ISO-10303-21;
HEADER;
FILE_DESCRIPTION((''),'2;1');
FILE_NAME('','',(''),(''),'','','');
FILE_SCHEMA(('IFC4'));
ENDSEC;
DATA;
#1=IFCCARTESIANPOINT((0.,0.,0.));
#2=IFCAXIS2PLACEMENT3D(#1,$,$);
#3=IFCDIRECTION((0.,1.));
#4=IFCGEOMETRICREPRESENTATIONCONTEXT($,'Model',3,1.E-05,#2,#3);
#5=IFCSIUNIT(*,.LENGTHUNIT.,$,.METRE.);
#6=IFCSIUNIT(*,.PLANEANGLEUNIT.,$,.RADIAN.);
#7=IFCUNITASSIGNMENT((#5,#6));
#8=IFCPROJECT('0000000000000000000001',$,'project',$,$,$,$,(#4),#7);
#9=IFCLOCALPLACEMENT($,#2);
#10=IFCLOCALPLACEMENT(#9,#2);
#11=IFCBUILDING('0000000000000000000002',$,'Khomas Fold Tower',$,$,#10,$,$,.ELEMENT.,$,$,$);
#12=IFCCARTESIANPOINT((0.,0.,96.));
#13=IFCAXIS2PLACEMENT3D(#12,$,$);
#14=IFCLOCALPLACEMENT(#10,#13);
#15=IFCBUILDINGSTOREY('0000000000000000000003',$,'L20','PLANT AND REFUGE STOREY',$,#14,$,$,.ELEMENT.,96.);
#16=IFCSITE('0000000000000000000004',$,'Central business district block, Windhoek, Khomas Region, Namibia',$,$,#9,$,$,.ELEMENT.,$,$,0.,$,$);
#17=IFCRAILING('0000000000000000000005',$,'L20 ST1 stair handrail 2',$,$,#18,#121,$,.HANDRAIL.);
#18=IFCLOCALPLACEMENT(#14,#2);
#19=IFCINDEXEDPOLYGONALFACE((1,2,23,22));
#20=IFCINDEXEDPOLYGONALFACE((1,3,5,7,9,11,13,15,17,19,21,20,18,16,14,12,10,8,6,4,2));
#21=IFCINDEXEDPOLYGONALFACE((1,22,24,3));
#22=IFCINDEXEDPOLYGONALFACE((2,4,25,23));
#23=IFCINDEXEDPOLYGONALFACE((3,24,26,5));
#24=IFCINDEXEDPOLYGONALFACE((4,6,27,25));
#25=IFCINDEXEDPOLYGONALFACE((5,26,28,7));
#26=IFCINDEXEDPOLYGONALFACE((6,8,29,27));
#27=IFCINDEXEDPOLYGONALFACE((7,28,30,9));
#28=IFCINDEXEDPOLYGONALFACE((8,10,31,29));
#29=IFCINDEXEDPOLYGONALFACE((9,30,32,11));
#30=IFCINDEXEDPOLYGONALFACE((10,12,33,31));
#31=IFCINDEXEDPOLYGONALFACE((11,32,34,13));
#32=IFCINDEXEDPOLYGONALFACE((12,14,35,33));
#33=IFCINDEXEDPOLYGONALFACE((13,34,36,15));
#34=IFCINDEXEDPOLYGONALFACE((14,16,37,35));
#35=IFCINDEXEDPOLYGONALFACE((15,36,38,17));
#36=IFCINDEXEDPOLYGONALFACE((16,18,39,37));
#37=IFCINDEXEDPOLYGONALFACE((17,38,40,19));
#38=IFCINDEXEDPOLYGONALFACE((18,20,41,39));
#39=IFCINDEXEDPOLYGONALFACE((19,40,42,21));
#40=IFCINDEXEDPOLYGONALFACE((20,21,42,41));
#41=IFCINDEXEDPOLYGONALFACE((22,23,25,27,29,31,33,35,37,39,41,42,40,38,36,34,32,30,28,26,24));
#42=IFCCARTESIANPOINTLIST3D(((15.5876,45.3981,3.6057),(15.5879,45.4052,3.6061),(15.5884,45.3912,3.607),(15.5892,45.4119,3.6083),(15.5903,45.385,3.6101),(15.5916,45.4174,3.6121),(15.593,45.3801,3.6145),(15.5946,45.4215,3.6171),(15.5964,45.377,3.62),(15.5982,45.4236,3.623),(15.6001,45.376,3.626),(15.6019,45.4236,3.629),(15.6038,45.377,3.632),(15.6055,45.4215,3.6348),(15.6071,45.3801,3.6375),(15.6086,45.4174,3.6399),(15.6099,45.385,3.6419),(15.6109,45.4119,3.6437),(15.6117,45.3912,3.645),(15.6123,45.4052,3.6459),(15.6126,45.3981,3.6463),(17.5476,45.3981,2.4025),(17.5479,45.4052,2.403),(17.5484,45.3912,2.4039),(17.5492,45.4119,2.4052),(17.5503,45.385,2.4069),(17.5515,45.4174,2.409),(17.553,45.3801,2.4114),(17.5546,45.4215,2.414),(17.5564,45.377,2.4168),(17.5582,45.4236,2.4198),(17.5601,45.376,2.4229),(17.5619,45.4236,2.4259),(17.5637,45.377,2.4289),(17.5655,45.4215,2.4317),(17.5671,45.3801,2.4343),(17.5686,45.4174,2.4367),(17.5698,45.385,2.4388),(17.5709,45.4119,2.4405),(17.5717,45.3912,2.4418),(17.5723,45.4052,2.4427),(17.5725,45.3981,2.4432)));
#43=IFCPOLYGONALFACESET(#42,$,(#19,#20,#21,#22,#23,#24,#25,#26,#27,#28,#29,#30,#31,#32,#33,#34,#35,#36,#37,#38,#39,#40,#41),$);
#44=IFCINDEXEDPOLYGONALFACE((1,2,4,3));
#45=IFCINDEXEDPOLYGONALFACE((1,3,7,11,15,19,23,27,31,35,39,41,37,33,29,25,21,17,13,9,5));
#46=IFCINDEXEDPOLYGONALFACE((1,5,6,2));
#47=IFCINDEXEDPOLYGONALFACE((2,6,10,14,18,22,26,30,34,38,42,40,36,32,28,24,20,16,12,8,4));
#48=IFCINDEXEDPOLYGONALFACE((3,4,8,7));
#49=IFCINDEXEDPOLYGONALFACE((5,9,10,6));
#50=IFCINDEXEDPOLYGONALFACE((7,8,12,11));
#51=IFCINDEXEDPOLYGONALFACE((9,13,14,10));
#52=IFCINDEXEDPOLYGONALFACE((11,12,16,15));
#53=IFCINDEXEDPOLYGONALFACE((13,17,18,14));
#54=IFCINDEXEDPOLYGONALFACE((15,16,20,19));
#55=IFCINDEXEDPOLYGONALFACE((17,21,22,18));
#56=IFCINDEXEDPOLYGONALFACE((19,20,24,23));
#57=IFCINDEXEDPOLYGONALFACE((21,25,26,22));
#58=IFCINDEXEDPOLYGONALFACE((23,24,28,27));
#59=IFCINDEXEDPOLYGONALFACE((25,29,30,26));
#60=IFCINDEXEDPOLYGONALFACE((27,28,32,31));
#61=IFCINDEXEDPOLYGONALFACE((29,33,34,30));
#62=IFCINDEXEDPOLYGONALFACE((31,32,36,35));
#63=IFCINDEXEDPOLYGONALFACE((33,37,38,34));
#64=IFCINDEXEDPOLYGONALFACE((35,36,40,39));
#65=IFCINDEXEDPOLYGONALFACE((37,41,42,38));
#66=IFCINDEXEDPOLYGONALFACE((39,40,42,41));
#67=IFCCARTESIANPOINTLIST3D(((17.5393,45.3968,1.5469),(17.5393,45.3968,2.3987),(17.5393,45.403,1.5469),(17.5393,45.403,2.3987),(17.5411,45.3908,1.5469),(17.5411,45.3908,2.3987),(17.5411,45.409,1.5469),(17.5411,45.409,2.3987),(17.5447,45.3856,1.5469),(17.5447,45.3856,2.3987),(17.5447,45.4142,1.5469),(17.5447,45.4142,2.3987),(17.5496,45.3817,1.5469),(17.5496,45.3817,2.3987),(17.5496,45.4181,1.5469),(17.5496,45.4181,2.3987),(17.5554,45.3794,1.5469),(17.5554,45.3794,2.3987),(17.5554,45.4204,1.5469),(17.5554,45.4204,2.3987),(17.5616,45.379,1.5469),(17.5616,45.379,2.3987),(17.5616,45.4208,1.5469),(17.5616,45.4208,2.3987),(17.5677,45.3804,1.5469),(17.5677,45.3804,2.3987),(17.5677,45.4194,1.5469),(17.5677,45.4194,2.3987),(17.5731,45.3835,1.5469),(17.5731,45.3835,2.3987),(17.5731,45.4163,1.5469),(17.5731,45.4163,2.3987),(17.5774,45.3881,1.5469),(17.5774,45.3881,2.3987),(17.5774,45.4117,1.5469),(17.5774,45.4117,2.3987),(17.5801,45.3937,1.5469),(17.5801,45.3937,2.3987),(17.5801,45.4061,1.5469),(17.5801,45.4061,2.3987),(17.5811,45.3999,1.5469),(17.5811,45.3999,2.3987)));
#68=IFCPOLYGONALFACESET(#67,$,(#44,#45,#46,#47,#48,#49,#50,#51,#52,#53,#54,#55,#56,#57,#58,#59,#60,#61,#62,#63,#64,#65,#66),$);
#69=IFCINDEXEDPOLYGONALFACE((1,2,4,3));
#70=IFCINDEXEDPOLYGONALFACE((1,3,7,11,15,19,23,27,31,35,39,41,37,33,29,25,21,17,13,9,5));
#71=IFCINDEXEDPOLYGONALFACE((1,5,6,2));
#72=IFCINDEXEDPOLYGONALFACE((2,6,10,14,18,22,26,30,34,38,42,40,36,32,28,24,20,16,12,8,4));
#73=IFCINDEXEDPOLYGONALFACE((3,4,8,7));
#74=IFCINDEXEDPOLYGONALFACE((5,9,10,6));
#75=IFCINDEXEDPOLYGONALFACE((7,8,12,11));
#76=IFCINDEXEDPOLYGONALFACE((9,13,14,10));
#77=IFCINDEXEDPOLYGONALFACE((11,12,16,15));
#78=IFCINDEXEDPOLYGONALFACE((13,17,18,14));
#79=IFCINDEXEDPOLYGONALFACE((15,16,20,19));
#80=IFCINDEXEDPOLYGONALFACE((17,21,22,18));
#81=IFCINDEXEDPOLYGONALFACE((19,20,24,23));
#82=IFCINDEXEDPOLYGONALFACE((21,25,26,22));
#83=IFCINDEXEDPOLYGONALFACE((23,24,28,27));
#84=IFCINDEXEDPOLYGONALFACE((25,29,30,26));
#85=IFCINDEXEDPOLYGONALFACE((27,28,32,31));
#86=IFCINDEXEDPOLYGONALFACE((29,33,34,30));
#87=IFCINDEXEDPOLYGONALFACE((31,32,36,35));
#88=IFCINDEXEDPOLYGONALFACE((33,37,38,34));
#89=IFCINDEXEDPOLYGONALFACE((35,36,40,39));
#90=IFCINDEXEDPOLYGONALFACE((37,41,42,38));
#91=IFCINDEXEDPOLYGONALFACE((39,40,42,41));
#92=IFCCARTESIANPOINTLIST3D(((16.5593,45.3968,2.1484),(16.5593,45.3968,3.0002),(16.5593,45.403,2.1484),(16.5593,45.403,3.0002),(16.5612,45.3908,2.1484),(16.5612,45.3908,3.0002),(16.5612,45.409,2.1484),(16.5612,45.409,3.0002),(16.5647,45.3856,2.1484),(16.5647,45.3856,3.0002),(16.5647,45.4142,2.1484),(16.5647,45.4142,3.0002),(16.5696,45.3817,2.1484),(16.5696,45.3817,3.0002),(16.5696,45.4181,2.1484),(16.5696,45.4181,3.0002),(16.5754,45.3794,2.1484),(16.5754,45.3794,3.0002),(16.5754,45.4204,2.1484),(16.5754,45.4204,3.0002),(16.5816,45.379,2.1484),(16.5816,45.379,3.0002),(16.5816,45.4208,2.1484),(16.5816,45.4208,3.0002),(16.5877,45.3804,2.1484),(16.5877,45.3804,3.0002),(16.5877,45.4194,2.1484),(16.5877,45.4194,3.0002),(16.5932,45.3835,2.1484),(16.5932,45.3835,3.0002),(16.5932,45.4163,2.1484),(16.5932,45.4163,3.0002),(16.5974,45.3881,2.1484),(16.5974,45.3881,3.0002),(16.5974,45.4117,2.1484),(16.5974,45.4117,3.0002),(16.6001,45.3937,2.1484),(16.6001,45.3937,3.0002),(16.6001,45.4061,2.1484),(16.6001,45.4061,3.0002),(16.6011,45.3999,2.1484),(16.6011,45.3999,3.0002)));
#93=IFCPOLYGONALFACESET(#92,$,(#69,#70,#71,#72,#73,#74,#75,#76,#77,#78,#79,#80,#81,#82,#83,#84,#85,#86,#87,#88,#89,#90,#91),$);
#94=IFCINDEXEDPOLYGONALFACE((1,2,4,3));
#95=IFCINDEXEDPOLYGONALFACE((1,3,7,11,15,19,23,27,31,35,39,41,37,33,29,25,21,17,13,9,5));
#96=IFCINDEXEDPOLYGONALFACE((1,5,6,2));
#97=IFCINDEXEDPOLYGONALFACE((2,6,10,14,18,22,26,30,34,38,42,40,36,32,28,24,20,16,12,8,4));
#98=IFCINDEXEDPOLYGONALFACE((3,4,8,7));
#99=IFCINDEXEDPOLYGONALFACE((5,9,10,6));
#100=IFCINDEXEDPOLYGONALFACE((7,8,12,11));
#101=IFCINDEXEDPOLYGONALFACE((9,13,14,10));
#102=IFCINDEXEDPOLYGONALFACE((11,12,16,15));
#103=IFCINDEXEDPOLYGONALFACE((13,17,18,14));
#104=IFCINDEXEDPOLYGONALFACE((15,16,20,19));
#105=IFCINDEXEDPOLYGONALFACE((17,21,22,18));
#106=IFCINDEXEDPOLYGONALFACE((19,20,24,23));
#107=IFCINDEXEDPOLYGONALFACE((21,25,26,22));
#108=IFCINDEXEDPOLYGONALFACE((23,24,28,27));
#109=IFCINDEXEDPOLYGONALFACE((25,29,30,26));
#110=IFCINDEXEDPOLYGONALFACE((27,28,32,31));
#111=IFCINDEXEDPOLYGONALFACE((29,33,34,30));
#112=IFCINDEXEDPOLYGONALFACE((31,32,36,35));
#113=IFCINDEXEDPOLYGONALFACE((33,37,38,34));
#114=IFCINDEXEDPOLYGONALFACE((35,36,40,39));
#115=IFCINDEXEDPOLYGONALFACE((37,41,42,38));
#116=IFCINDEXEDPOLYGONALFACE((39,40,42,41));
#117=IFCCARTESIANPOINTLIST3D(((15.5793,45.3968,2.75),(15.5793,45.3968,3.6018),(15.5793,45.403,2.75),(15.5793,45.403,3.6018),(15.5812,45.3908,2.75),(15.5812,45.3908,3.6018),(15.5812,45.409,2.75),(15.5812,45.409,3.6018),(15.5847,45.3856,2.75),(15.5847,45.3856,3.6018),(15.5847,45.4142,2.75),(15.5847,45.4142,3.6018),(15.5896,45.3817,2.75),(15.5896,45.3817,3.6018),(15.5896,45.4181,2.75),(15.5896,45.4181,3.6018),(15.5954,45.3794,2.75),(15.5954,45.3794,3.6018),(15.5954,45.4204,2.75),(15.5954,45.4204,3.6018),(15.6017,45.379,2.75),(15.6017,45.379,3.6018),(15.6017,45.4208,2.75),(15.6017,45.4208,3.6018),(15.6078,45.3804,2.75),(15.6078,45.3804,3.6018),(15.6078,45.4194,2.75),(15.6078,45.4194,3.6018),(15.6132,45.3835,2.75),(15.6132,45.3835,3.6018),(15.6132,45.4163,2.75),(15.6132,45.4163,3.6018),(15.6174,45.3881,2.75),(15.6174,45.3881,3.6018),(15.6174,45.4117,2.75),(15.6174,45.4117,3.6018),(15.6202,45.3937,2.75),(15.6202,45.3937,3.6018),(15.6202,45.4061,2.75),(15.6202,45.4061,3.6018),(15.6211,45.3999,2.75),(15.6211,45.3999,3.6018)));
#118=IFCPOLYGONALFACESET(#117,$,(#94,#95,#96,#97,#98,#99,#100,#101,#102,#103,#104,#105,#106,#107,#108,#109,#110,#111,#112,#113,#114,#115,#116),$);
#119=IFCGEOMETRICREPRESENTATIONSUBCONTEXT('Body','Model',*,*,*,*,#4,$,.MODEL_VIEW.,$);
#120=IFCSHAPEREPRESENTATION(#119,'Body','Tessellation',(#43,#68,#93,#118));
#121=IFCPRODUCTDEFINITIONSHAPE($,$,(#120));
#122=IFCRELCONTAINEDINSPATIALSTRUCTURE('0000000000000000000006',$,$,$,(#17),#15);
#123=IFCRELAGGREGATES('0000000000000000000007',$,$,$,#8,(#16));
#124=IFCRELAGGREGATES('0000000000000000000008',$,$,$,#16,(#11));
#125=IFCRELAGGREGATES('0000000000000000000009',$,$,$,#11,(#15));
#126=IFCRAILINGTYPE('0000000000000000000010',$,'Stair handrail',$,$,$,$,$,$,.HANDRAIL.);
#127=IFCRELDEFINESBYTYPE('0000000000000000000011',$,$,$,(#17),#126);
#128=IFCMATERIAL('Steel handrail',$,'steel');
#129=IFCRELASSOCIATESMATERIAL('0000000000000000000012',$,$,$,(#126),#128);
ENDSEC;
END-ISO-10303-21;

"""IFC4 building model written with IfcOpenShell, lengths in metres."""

from ifc_helpers import new_model, si_unit, direction, frame, origin, origin_2d, place, context, subcontext, project, spatial, circle, extrude, source, transform, mapped, material, type_object, element, save


model = new_model("IFC4")

# Units and contexts
model_context = context("Model", 3, precision=1e-05, world=origin(), true_north=direction((0.0, 1.0)))
body_context = subcontext(model_context, "Body", "Model", "MODEL_VIEW")
ifc_project = project(units=[si_unit("LENGTHUNIT", "METRE"), si_unit("PLANEANGLEUNIT", "RADIAN")], contexts=[model_context])

# Site, building, storey
site_placement = place(None, origin())
site = spatial("IfcSite", under=ifc_project, at=site_placement, Name="Central business district block, Windhoek, Khomas Region, Namibia", CompositionType="ELEMENT", RefElevation=0.0)
building_placement = place(site_placement, origin())
building = spatial("IfcBuilding", under=site, at=building_placement, Name="Khomas Fold Tower", CompositionType="ELEMENT")
storey_placement = place(building_placement, frame((0.0, 0.0, 96.0)))
storey = spatial("IfcBuildingStorey", under=building, at=storey_placement, Name="L20", Description="PLANT AND REFUGE STOREY", CompositionType="ELEMENT", Elevation=96.0)

# Railing
ifc_material_1 = material(Name="Steel handrail", Category="steel")
railing_type_1 = type_object("IfcRailingType", Name="Stair handrail", PredefinedType="HANDRAIL", material=ifc_material_1)
shared_shape_1 = source(origin(), body_context, "Body", "SweptSolid", [
    extrude(circle(Radius=0.0239, at=origin_2d()), frame((0.0, 0.0, 0.876), z_axis=(-0.852241, 0.0, 0.523149), x_axis=(0.0, -1.0, 0.0)), (0.0, 0.0, 1.0), 2.2998),
    extrude(circle(Radius=0.021, at=origin_2d()), origin(), (0.0, 0.0, 1.0), 0.8518),
    extrude(circle(Radius=0.021, at=origin_2d()), frame((-0.98, 0.0, 0.6016)), (0.0, 0.0, 1.0), 0.8518),
    extrude(circle(Radius=0.021, at=origin_2d()), frame((-1.96, 0.0, 1.2031)), (0.0, 0.0, 1.0), 0.8518),
])
for number, where, name in (
    (1, (17.5601, 45.3999, 1.5469), "L20 ST1 stair handrail 2"),
):
    element("IfcRailing", number, at=place(storey_placement, frame(where)), inside=storey, type_object=railing_type_1, Name=name, PredefinedType="HANDRAIL", context=body_context, shape_type="MappedRepresentation", body=[
        mapped(shared_shape_1, transform((0.0, 0.0, 0.0))),
    ])

save(model, "model.ifc")
